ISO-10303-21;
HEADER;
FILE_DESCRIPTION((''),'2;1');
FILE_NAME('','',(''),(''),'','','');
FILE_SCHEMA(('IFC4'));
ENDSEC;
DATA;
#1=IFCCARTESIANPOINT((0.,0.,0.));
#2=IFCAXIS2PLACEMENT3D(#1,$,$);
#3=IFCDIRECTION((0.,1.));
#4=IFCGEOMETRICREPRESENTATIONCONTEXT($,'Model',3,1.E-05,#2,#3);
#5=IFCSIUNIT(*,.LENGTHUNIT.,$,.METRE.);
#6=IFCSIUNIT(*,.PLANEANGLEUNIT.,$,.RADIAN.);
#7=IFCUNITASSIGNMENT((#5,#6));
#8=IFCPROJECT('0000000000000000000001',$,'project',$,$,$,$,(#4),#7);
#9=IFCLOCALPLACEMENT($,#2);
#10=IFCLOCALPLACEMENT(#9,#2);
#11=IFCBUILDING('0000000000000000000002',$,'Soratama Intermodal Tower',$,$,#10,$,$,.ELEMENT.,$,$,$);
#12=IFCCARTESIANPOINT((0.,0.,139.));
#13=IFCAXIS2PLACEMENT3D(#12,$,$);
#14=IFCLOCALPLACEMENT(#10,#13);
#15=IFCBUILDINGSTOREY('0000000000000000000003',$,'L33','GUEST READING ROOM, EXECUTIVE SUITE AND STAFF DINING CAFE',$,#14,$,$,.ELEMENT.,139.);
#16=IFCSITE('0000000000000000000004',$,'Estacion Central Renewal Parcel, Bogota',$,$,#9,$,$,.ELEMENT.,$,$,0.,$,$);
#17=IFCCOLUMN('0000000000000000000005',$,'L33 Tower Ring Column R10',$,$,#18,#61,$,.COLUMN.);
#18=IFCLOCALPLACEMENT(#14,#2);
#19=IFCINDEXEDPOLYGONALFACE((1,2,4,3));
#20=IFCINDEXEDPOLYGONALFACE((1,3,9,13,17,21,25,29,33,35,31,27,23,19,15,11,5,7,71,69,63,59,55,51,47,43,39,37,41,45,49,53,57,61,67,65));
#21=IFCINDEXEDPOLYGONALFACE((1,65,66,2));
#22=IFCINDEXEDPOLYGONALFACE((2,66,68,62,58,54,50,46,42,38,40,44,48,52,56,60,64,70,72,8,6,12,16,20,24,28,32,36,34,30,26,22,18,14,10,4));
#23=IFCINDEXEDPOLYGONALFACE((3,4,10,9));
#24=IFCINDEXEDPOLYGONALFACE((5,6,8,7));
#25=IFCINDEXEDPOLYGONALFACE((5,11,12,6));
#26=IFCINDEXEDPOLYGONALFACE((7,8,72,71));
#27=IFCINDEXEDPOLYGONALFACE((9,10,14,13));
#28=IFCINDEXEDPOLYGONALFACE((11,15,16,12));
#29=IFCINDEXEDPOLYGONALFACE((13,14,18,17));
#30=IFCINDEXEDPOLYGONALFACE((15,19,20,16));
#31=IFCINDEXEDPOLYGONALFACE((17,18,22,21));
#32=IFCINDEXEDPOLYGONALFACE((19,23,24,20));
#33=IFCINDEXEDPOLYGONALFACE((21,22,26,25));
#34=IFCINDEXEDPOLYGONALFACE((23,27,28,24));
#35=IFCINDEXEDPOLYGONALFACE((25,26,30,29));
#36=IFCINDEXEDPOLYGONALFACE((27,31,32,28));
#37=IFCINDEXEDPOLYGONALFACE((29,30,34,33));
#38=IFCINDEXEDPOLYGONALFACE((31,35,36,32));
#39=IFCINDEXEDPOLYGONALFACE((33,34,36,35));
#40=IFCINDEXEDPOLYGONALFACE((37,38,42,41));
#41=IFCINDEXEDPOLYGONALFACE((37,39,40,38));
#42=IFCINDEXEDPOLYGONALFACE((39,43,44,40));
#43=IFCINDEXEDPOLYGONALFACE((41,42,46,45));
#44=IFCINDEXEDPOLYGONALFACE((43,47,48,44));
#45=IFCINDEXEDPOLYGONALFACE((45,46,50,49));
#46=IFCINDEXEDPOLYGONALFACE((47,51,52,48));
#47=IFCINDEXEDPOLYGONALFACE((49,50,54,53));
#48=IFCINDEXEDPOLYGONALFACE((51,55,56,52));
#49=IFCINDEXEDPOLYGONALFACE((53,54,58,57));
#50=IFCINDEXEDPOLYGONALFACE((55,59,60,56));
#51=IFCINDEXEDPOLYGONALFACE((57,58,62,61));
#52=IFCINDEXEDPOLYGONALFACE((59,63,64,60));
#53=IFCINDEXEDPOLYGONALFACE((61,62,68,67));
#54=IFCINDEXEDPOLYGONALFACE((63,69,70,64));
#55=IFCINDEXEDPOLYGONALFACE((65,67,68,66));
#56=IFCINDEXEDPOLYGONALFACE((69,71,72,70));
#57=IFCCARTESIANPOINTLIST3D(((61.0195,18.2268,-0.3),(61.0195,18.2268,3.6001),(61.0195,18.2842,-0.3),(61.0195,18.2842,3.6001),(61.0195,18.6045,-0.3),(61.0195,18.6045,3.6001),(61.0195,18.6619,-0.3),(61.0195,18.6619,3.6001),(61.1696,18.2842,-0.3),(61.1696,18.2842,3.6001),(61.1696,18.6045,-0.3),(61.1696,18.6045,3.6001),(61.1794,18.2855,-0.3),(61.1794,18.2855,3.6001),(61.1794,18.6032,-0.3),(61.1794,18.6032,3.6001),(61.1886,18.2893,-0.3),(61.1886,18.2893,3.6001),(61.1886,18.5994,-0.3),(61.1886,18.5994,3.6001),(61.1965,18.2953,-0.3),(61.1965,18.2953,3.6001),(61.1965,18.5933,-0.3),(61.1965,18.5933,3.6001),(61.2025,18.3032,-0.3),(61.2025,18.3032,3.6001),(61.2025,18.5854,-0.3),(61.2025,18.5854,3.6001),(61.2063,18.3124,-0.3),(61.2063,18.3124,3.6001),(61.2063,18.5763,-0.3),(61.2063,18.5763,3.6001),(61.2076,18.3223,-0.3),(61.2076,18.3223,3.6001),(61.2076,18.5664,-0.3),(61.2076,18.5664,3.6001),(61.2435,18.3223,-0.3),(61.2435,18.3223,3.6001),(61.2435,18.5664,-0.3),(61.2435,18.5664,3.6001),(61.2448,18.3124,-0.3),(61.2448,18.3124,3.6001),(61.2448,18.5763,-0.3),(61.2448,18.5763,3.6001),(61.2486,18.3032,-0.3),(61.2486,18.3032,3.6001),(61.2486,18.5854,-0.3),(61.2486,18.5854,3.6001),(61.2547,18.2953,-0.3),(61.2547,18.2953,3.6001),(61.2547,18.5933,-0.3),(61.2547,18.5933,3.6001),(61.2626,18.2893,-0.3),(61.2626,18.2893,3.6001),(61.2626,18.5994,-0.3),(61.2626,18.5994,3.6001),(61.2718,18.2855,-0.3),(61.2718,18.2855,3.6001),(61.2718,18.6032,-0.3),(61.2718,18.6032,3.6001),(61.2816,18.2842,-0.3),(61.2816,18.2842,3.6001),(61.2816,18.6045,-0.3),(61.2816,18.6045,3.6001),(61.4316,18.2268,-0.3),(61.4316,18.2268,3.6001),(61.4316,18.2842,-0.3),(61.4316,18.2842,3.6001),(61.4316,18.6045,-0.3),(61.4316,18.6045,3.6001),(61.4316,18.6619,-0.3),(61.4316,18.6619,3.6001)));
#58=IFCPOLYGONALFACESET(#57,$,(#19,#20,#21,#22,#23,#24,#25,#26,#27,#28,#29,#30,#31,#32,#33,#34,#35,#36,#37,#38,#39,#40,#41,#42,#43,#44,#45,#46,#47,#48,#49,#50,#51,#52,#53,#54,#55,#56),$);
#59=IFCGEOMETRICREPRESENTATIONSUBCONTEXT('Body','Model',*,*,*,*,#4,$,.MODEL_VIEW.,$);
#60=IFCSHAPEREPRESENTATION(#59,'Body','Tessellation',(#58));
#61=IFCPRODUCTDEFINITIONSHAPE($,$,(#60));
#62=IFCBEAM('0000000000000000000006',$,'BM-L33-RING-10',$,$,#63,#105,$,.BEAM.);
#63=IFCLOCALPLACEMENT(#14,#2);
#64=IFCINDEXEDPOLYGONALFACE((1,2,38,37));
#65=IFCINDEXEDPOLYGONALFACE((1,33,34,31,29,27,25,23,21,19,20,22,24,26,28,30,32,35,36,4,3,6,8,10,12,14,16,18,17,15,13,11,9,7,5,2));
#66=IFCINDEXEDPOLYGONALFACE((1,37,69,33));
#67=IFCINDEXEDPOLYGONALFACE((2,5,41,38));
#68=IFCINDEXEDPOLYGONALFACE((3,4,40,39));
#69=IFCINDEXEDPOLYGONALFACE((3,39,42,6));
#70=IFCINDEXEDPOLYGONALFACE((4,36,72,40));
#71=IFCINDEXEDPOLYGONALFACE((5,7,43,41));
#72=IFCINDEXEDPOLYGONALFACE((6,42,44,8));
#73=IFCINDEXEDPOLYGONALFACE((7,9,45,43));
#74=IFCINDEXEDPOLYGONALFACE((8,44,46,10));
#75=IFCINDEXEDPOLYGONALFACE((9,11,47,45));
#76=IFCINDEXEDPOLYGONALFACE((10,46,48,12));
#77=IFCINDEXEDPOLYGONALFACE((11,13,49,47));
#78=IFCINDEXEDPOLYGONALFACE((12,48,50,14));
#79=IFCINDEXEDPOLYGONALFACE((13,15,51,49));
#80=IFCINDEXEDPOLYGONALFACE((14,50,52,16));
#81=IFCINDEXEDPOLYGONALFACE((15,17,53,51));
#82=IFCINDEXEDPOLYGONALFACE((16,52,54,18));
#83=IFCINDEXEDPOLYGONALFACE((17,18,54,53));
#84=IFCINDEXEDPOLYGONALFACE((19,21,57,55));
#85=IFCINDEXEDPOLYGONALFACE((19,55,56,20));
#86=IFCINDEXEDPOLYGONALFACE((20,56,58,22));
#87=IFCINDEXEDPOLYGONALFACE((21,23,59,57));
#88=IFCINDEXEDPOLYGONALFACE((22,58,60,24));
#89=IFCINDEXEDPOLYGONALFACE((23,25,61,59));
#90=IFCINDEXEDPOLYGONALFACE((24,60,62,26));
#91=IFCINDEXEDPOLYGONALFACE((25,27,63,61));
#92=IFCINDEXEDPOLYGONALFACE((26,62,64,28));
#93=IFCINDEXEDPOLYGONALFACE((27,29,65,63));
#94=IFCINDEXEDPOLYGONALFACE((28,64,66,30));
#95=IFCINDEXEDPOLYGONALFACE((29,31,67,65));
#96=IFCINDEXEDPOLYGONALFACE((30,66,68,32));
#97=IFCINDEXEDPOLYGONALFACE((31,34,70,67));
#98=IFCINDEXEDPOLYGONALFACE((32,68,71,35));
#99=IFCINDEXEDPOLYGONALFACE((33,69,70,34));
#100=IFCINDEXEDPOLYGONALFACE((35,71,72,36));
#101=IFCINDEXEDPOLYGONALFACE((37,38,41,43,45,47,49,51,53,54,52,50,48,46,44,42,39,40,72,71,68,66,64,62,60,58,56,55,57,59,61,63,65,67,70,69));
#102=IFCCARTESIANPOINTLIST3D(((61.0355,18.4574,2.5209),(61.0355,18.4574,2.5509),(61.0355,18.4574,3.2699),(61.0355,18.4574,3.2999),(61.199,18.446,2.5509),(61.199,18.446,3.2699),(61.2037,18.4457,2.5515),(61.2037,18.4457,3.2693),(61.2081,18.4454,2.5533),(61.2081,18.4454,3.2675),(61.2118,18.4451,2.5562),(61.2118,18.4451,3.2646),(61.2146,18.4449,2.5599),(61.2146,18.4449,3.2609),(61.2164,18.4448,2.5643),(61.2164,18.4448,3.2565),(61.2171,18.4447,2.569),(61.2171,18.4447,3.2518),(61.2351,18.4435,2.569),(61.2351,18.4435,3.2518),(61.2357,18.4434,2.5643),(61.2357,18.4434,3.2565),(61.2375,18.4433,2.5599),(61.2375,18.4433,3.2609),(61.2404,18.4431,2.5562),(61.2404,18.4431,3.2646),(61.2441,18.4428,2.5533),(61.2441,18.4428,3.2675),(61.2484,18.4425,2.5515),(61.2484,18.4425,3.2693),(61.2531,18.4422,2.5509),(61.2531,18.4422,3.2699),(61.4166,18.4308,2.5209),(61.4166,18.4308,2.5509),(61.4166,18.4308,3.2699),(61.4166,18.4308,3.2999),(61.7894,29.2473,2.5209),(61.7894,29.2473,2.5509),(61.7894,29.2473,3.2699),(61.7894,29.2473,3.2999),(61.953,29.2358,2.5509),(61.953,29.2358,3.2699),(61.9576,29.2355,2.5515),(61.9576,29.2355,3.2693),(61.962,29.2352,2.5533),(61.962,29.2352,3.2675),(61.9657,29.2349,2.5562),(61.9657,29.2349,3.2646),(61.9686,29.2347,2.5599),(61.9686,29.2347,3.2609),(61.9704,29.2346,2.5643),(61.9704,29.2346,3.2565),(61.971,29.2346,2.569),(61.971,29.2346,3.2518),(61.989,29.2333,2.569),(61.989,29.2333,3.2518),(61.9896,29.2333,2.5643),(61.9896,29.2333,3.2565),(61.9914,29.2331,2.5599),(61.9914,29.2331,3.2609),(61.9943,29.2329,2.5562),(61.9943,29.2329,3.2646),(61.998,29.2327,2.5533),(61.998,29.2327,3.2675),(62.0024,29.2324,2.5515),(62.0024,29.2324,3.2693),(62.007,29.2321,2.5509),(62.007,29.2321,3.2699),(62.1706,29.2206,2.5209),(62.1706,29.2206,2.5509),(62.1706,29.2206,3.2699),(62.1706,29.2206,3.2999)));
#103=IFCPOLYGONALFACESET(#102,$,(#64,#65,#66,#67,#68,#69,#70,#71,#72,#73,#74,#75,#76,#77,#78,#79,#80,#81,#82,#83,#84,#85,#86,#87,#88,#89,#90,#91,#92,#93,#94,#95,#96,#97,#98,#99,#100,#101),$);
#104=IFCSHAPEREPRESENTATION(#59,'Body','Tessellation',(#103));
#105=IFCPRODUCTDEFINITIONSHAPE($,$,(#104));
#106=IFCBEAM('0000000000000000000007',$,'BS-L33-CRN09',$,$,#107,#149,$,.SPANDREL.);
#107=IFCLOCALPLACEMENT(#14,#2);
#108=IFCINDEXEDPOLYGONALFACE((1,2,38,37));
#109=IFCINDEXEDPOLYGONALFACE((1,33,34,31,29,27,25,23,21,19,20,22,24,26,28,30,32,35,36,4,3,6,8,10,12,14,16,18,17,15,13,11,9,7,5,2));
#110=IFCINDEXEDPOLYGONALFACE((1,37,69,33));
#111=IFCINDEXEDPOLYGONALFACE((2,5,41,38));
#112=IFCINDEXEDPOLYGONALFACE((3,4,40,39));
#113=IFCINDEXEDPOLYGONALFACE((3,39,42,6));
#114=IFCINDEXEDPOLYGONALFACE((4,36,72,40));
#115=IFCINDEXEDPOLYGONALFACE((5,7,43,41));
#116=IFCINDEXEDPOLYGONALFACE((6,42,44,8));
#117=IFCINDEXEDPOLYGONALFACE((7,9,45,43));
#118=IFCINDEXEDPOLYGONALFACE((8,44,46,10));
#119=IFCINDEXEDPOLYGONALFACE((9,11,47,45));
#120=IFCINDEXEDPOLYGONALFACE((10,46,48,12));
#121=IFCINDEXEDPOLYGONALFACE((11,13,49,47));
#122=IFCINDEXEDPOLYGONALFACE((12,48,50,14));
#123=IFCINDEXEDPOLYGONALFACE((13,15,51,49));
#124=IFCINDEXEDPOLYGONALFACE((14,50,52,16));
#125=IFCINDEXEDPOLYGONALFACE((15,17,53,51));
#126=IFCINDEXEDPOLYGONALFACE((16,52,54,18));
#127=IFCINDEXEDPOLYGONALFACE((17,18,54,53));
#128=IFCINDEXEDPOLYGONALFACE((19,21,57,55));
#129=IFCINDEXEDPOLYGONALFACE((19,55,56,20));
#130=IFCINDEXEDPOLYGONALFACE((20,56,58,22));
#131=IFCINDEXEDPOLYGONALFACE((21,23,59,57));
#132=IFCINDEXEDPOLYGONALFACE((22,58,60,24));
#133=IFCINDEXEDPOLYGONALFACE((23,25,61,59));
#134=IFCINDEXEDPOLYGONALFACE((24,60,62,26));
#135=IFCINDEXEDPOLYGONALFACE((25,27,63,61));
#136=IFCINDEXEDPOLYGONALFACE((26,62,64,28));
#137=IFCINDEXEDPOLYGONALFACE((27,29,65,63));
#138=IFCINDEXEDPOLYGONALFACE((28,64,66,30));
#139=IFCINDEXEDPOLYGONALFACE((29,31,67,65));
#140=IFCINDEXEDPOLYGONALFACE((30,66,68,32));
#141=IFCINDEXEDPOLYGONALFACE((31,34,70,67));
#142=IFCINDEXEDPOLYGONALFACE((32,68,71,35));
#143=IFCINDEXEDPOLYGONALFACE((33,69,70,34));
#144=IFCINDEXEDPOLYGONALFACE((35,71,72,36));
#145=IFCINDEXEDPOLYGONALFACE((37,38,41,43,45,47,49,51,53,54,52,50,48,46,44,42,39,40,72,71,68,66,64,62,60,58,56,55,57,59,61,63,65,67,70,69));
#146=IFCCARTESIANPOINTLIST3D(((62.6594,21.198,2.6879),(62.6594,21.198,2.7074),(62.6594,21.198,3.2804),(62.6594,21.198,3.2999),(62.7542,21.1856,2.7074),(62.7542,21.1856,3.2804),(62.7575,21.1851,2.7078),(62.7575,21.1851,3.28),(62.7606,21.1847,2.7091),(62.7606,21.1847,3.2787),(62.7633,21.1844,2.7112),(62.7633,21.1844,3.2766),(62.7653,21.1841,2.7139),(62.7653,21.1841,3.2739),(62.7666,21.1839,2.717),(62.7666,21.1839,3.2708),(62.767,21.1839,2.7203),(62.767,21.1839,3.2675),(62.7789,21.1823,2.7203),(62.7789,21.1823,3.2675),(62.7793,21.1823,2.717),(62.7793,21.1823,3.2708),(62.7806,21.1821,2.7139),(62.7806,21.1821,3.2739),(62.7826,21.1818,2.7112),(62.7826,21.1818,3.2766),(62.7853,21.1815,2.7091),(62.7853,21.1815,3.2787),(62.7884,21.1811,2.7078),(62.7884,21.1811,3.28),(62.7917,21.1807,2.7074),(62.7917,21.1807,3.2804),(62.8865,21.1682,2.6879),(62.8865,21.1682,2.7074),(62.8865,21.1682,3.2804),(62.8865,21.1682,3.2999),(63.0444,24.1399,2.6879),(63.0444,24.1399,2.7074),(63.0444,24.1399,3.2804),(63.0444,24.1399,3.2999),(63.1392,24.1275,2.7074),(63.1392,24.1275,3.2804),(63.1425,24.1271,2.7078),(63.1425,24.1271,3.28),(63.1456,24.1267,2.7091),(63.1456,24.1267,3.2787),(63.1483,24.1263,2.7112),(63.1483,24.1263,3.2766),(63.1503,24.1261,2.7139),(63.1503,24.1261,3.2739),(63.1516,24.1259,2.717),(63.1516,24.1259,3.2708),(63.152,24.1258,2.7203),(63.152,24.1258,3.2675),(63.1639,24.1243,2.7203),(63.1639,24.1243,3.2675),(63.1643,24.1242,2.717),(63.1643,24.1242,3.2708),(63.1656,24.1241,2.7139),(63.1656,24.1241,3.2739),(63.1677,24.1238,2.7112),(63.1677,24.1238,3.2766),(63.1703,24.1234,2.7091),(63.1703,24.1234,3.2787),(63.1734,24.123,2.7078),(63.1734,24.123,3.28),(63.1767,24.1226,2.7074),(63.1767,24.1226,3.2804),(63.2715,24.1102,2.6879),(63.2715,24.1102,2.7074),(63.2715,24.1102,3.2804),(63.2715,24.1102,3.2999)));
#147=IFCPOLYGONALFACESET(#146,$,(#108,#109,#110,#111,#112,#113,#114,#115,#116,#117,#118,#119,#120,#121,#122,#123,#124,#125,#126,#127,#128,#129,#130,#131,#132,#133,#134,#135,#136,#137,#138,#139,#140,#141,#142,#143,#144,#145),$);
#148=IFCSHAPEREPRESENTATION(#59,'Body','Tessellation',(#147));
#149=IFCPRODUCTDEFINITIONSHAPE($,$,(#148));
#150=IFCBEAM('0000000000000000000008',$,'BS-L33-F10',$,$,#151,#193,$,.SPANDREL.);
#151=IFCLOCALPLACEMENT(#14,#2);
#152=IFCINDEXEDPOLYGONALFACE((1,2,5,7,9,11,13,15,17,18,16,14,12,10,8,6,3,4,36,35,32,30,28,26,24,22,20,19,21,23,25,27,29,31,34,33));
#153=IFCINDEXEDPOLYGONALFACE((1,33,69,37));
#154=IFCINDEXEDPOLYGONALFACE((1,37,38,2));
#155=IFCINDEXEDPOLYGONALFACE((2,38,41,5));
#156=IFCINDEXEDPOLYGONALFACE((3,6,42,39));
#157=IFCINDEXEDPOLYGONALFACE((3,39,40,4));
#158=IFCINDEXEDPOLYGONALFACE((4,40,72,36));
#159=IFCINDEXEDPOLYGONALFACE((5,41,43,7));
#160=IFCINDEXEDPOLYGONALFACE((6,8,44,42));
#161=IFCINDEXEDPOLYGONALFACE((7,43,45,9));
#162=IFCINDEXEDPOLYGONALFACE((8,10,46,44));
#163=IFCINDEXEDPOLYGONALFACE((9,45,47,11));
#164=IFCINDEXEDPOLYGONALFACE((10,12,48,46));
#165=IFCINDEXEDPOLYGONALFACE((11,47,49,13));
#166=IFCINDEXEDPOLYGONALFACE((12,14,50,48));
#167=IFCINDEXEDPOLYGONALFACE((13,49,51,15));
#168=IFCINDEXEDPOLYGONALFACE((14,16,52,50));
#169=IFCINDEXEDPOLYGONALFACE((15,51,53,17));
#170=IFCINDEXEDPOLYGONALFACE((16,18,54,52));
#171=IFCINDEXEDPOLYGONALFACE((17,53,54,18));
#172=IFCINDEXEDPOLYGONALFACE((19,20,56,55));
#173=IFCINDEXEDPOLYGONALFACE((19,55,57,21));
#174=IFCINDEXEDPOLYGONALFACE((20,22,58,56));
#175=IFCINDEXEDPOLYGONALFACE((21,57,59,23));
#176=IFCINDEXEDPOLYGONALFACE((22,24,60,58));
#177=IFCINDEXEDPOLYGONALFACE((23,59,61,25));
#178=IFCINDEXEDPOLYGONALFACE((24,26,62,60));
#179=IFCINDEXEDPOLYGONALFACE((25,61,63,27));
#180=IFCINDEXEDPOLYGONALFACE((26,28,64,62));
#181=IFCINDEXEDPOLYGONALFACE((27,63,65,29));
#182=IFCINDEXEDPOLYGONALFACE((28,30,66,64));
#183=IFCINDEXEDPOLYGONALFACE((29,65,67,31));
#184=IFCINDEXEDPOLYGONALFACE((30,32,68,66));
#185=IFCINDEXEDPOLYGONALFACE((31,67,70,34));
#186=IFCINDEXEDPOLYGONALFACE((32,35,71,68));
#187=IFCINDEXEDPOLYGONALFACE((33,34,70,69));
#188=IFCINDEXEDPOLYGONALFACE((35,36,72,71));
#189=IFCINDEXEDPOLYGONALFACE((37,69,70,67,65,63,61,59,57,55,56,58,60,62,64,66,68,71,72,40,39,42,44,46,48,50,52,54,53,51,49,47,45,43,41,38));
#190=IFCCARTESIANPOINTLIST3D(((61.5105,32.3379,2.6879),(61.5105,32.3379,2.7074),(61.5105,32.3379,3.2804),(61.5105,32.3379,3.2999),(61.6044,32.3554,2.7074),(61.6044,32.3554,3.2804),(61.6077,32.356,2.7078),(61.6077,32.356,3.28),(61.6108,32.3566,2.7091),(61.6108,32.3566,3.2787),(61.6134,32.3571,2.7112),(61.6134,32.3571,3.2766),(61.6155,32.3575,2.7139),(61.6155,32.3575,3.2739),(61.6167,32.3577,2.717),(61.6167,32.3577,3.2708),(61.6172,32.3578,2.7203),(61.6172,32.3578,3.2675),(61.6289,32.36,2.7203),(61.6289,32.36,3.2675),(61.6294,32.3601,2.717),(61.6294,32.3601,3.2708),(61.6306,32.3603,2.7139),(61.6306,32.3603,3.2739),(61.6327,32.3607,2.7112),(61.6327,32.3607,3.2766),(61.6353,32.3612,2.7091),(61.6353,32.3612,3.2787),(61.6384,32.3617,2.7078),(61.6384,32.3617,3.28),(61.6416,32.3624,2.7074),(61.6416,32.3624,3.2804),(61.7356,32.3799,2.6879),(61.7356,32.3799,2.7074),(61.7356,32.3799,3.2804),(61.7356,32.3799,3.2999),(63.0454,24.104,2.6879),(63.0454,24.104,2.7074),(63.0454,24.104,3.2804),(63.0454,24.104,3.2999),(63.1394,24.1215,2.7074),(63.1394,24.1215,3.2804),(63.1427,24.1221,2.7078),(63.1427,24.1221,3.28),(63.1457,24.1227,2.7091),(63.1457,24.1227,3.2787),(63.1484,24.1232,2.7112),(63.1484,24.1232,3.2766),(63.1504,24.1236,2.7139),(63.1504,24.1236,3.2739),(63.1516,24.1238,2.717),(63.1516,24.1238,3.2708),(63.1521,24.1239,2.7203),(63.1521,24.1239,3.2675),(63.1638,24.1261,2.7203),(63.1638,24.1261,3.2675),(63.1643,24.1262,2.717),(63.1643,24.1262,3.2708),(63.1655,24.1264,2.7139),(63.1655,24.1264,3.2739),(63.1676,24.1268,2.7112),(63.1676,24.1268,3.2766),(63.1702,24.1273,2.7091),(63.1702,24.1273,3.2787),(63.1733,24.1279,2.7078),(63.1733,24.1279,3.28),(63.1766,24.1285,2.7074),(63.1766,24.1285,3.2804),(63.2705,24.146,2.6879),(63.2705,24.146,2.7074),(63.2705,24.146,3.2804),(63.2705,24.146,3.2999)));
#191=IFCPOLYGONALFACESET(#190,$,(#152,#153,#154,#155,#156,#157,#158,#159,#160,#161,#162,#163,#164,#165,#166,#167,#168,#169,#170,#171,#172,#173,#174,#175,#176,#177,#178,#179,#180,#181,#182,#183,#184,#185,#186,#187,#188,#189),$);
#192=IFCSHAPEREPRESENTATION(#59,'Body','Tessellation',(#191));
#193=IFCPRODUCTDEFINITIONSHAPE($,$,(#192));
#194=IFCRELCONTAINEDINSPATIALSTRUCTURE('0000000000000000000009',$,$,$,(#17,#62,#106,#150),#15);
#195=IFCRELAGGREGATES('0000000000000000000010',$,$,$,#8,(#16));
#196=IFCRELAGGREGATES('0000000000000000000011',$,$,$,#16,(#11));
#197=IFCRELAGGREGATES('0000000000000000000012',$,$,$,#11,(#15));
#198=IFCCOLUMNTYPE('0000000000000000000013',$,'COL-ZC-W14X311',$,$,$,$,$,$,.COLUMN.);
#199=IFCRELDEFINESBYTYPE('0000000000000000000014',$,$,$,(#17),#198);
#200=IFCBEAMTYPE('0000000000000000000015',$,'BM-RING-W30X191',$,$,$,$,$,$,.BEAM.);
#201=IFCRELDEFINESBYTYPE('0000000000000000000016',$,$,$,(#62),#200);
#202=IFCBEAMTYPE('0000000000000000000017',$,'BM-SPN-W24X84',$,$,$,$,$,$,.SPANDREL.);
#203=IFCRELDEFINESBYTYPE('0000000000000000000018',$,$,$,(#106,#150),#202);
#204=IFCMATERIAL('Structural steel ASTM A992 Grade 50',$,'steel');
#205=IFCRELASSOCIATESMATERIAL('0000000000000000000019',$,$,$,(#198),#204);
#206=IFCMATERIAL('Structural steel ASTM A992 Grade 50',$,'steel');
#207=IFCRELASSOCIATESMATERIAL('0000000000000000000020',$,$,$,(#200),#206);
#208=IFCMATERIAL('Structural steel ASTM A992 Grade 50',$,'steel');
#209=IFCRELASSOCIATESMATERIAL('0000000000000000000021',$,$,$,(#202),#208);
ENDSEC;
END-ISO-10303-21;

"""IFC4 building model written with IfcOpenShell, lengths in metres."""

from ifc_helpers import new_model, si_unit, direction, frame, origin, origin_2d, place, context, subcontext, project, spatial, i_section, extrude, material, material_profile, profile_set, type_object, element, save


model = new_model("IFC4")

# Units and contexts
model_context = context("Model", 3, precision=1e-05, world=origin(), true_north=direction((0.0, 1.0)))
body_context = subcontext(model_context, "Body", "Model", "MODEL_VIEW")
ifc_project = project(units=[si_unit("LENGTHUNIT", "METRE"), si_unit("PLANEANGLEUNIT", "RADIAN")], contexts=[model_context])

# Site, building, storey
site_placement = place(None, origin())
site = spatial("IfcSite", under=ifc_project, at=site_placement, Name="Estacion Central Renewal Parcel, Bogota", CompositionType="ELEMENT", RefElevation=0.0)
building_placement = place(site_placement, origin())
building = spatial("IfcBuilding", under=site, at=building_placement, Name="Soratama Intermodal Tower", CompositionType="ELEMENT")
storey_placement = place(building_placement, frame((0.0, 0.0, 139.0)))
storey = spatial("IfcBuildingStorey", under=building, at=storey_placement, Name="L33", Description="GUEST READING ROOM, EXECUTIVE SUITE AND STAFF DINING CAFE", CompositionType="ELEMENT", Elevation=139.0)

# Column
ifc_material_1 = material(Name="Structural steel ASTM A992 Grade 50", Category="steel")
ifc_material_profile_1 = material_profile(ifc_material_1, i_section(OverallWidth=0.4121, OverallDepth=0.4351, WebThickness=0.0359, FlangeThickness=0.0574, FilletRadius=0.0381, at=origin_2d()), Name="W14X311")
ifc_profile_set_1 = profile_set([ifc_material_profile_1], Name="Structural steel ASTM A992 Grade 50")
column_type = type_object("IfcColumnType", Name="COL-ZC-W14X311", PredefinedType="COLUMN", material=ifc_profile_set_1)
column_placement = place(storey_placement, frame((61.2256, 18.4443, -0.3), z_axis=(0.0, 0.0, 1.0), x_axis=(1.0, 0.0, 0.0)))
element("IfcColumn", 1, at=column_placement, inside=storey, type_object=column_type, Name="L33 Tower Ring Column R10", PredefinedType="COLUMN", context=body_context, shape_type="SweptSolid", body=[
    extrude(i_section(OverallWidth=0.4121, OverallDepth=0.4351, WebThickness=0.0359, FlangeThickness=0.0574, FilletRadius=0.0381, at=origin_2d()), origin(), (0.0, 0.0, 1.0), 3.9001),
])

# Beams
ifc_material_2 = material(Name="Structural steel ASTM A992 Grade 50", Category="steel")
ifc_material_profile_2 = material_profile(ifc_material_2, i_section(OverallWidth=0.3821, OverallDepth=0.7791, WebThickness=0.0181, FlangeThickness=0.03, FilletRadius=0.0181, at=origin_2d()), Name="W30X191")
ifc_profile_set_2 = profile_set([ifc_material_profile_2], Name="Structural steel ASTM A992 Grade 50")
beam_type_1 = type_object("IfcBeamType", Name="BM-RING-W30X191", PredefinedType="BEAM", material=ifc_profile_set_2)
beam_1_placement = place(storey_placement, frame((61.2261, 18.4441, 2.9104), z_axis=(0.069702, 0.997568, 0.0), x_axis=(-0.997568, 0.069702, 0.0)))
element("IfcBeam", 2, at=beam_1_placement, inside=storey, type_object=beam_type_1, Name="BM-L33-RING-10", PredefinedType="BEAM", context=body_context, shape_type="SweptSolid", body=[
    extrude(i_section(OverallWidth=0.3821, OverallDepth=0.7791, WebThickness=0.0181, FlangeThickness=0.03, FilletRadius=0.0181, at=origin_2d()), origin(), (0.0, 0.0, 1.0), 10.8162),
])
ifc_material_3 = material(Name="Structural steel ASTM A992 Grade 50", Category="steel")
ifc_material_profile_3 = material_profile(ifc_material_3, i_section(OverallWidth=0.229, OverallDepth=0.6121, WebThickness=0.012, FlangeThickness=0.0195, FilletRadius=0.0129, at=origin_2d()), Name="W24X84")
ifc_profile_set_3 = profile_set([ifc_material_profile_3], Name="Structural steel ASTM A992 Grade 50")
beam_type_2 = type_object("IfcBeamType", Name="BM-SPN-W24X84", PredefinedType="SPANDREL", material=ifc_profile_set_3)
beam_2_placement = place(storey_placement, frame((62.7729, 21.1831, 2.9939), z_axis=(0.129765, 0.991545, 0.0), x_axis=(-0.991545, 0.129765, 0.0)))
element("IfcBeam", 3, at=beam_2_placement, inside=storey, type_object=beam_type_2, Name="BS-L33-CRN09", PredefinedType="SPANDREL", context=body_context, shape_type="SweptSolid", body=[
    extrude(i_section(OverallWidth=0.229, OverallDepth=0.6121, WebThickness=0.012, FlangeThickness=0.0195, FilletRadius=0.0129, at=origin_2d()), origin(), (0.0, 0.0, 1.0), 2.967),
])
beam_3_placement = place(storey_placement, frame((63.158, 24.125, 2.9939), z_axis=(-0.183257, 0.983065, 0.0), x_axis=(-0.983065, -0.183257, 0.0)))
element("IfcBeam", 4, at=beam_3_placement, inside=storey, type_object=beam_type_2, Name="BS-L33-F10", PredefinedType="SPANDREL", context=body_context, shape_type="SweptSolid", body=[
    extrude(i_section(OverallWidth=0.229, OverallDepth=0.6121, WebThickness=0.012, FlangeThickness=0.0195, FilletRadius=0.0129, at=origin_2d()), origin(), (0.0, 0.0, 1.0), 8.3757),
])

save(model, "model.ifc")
